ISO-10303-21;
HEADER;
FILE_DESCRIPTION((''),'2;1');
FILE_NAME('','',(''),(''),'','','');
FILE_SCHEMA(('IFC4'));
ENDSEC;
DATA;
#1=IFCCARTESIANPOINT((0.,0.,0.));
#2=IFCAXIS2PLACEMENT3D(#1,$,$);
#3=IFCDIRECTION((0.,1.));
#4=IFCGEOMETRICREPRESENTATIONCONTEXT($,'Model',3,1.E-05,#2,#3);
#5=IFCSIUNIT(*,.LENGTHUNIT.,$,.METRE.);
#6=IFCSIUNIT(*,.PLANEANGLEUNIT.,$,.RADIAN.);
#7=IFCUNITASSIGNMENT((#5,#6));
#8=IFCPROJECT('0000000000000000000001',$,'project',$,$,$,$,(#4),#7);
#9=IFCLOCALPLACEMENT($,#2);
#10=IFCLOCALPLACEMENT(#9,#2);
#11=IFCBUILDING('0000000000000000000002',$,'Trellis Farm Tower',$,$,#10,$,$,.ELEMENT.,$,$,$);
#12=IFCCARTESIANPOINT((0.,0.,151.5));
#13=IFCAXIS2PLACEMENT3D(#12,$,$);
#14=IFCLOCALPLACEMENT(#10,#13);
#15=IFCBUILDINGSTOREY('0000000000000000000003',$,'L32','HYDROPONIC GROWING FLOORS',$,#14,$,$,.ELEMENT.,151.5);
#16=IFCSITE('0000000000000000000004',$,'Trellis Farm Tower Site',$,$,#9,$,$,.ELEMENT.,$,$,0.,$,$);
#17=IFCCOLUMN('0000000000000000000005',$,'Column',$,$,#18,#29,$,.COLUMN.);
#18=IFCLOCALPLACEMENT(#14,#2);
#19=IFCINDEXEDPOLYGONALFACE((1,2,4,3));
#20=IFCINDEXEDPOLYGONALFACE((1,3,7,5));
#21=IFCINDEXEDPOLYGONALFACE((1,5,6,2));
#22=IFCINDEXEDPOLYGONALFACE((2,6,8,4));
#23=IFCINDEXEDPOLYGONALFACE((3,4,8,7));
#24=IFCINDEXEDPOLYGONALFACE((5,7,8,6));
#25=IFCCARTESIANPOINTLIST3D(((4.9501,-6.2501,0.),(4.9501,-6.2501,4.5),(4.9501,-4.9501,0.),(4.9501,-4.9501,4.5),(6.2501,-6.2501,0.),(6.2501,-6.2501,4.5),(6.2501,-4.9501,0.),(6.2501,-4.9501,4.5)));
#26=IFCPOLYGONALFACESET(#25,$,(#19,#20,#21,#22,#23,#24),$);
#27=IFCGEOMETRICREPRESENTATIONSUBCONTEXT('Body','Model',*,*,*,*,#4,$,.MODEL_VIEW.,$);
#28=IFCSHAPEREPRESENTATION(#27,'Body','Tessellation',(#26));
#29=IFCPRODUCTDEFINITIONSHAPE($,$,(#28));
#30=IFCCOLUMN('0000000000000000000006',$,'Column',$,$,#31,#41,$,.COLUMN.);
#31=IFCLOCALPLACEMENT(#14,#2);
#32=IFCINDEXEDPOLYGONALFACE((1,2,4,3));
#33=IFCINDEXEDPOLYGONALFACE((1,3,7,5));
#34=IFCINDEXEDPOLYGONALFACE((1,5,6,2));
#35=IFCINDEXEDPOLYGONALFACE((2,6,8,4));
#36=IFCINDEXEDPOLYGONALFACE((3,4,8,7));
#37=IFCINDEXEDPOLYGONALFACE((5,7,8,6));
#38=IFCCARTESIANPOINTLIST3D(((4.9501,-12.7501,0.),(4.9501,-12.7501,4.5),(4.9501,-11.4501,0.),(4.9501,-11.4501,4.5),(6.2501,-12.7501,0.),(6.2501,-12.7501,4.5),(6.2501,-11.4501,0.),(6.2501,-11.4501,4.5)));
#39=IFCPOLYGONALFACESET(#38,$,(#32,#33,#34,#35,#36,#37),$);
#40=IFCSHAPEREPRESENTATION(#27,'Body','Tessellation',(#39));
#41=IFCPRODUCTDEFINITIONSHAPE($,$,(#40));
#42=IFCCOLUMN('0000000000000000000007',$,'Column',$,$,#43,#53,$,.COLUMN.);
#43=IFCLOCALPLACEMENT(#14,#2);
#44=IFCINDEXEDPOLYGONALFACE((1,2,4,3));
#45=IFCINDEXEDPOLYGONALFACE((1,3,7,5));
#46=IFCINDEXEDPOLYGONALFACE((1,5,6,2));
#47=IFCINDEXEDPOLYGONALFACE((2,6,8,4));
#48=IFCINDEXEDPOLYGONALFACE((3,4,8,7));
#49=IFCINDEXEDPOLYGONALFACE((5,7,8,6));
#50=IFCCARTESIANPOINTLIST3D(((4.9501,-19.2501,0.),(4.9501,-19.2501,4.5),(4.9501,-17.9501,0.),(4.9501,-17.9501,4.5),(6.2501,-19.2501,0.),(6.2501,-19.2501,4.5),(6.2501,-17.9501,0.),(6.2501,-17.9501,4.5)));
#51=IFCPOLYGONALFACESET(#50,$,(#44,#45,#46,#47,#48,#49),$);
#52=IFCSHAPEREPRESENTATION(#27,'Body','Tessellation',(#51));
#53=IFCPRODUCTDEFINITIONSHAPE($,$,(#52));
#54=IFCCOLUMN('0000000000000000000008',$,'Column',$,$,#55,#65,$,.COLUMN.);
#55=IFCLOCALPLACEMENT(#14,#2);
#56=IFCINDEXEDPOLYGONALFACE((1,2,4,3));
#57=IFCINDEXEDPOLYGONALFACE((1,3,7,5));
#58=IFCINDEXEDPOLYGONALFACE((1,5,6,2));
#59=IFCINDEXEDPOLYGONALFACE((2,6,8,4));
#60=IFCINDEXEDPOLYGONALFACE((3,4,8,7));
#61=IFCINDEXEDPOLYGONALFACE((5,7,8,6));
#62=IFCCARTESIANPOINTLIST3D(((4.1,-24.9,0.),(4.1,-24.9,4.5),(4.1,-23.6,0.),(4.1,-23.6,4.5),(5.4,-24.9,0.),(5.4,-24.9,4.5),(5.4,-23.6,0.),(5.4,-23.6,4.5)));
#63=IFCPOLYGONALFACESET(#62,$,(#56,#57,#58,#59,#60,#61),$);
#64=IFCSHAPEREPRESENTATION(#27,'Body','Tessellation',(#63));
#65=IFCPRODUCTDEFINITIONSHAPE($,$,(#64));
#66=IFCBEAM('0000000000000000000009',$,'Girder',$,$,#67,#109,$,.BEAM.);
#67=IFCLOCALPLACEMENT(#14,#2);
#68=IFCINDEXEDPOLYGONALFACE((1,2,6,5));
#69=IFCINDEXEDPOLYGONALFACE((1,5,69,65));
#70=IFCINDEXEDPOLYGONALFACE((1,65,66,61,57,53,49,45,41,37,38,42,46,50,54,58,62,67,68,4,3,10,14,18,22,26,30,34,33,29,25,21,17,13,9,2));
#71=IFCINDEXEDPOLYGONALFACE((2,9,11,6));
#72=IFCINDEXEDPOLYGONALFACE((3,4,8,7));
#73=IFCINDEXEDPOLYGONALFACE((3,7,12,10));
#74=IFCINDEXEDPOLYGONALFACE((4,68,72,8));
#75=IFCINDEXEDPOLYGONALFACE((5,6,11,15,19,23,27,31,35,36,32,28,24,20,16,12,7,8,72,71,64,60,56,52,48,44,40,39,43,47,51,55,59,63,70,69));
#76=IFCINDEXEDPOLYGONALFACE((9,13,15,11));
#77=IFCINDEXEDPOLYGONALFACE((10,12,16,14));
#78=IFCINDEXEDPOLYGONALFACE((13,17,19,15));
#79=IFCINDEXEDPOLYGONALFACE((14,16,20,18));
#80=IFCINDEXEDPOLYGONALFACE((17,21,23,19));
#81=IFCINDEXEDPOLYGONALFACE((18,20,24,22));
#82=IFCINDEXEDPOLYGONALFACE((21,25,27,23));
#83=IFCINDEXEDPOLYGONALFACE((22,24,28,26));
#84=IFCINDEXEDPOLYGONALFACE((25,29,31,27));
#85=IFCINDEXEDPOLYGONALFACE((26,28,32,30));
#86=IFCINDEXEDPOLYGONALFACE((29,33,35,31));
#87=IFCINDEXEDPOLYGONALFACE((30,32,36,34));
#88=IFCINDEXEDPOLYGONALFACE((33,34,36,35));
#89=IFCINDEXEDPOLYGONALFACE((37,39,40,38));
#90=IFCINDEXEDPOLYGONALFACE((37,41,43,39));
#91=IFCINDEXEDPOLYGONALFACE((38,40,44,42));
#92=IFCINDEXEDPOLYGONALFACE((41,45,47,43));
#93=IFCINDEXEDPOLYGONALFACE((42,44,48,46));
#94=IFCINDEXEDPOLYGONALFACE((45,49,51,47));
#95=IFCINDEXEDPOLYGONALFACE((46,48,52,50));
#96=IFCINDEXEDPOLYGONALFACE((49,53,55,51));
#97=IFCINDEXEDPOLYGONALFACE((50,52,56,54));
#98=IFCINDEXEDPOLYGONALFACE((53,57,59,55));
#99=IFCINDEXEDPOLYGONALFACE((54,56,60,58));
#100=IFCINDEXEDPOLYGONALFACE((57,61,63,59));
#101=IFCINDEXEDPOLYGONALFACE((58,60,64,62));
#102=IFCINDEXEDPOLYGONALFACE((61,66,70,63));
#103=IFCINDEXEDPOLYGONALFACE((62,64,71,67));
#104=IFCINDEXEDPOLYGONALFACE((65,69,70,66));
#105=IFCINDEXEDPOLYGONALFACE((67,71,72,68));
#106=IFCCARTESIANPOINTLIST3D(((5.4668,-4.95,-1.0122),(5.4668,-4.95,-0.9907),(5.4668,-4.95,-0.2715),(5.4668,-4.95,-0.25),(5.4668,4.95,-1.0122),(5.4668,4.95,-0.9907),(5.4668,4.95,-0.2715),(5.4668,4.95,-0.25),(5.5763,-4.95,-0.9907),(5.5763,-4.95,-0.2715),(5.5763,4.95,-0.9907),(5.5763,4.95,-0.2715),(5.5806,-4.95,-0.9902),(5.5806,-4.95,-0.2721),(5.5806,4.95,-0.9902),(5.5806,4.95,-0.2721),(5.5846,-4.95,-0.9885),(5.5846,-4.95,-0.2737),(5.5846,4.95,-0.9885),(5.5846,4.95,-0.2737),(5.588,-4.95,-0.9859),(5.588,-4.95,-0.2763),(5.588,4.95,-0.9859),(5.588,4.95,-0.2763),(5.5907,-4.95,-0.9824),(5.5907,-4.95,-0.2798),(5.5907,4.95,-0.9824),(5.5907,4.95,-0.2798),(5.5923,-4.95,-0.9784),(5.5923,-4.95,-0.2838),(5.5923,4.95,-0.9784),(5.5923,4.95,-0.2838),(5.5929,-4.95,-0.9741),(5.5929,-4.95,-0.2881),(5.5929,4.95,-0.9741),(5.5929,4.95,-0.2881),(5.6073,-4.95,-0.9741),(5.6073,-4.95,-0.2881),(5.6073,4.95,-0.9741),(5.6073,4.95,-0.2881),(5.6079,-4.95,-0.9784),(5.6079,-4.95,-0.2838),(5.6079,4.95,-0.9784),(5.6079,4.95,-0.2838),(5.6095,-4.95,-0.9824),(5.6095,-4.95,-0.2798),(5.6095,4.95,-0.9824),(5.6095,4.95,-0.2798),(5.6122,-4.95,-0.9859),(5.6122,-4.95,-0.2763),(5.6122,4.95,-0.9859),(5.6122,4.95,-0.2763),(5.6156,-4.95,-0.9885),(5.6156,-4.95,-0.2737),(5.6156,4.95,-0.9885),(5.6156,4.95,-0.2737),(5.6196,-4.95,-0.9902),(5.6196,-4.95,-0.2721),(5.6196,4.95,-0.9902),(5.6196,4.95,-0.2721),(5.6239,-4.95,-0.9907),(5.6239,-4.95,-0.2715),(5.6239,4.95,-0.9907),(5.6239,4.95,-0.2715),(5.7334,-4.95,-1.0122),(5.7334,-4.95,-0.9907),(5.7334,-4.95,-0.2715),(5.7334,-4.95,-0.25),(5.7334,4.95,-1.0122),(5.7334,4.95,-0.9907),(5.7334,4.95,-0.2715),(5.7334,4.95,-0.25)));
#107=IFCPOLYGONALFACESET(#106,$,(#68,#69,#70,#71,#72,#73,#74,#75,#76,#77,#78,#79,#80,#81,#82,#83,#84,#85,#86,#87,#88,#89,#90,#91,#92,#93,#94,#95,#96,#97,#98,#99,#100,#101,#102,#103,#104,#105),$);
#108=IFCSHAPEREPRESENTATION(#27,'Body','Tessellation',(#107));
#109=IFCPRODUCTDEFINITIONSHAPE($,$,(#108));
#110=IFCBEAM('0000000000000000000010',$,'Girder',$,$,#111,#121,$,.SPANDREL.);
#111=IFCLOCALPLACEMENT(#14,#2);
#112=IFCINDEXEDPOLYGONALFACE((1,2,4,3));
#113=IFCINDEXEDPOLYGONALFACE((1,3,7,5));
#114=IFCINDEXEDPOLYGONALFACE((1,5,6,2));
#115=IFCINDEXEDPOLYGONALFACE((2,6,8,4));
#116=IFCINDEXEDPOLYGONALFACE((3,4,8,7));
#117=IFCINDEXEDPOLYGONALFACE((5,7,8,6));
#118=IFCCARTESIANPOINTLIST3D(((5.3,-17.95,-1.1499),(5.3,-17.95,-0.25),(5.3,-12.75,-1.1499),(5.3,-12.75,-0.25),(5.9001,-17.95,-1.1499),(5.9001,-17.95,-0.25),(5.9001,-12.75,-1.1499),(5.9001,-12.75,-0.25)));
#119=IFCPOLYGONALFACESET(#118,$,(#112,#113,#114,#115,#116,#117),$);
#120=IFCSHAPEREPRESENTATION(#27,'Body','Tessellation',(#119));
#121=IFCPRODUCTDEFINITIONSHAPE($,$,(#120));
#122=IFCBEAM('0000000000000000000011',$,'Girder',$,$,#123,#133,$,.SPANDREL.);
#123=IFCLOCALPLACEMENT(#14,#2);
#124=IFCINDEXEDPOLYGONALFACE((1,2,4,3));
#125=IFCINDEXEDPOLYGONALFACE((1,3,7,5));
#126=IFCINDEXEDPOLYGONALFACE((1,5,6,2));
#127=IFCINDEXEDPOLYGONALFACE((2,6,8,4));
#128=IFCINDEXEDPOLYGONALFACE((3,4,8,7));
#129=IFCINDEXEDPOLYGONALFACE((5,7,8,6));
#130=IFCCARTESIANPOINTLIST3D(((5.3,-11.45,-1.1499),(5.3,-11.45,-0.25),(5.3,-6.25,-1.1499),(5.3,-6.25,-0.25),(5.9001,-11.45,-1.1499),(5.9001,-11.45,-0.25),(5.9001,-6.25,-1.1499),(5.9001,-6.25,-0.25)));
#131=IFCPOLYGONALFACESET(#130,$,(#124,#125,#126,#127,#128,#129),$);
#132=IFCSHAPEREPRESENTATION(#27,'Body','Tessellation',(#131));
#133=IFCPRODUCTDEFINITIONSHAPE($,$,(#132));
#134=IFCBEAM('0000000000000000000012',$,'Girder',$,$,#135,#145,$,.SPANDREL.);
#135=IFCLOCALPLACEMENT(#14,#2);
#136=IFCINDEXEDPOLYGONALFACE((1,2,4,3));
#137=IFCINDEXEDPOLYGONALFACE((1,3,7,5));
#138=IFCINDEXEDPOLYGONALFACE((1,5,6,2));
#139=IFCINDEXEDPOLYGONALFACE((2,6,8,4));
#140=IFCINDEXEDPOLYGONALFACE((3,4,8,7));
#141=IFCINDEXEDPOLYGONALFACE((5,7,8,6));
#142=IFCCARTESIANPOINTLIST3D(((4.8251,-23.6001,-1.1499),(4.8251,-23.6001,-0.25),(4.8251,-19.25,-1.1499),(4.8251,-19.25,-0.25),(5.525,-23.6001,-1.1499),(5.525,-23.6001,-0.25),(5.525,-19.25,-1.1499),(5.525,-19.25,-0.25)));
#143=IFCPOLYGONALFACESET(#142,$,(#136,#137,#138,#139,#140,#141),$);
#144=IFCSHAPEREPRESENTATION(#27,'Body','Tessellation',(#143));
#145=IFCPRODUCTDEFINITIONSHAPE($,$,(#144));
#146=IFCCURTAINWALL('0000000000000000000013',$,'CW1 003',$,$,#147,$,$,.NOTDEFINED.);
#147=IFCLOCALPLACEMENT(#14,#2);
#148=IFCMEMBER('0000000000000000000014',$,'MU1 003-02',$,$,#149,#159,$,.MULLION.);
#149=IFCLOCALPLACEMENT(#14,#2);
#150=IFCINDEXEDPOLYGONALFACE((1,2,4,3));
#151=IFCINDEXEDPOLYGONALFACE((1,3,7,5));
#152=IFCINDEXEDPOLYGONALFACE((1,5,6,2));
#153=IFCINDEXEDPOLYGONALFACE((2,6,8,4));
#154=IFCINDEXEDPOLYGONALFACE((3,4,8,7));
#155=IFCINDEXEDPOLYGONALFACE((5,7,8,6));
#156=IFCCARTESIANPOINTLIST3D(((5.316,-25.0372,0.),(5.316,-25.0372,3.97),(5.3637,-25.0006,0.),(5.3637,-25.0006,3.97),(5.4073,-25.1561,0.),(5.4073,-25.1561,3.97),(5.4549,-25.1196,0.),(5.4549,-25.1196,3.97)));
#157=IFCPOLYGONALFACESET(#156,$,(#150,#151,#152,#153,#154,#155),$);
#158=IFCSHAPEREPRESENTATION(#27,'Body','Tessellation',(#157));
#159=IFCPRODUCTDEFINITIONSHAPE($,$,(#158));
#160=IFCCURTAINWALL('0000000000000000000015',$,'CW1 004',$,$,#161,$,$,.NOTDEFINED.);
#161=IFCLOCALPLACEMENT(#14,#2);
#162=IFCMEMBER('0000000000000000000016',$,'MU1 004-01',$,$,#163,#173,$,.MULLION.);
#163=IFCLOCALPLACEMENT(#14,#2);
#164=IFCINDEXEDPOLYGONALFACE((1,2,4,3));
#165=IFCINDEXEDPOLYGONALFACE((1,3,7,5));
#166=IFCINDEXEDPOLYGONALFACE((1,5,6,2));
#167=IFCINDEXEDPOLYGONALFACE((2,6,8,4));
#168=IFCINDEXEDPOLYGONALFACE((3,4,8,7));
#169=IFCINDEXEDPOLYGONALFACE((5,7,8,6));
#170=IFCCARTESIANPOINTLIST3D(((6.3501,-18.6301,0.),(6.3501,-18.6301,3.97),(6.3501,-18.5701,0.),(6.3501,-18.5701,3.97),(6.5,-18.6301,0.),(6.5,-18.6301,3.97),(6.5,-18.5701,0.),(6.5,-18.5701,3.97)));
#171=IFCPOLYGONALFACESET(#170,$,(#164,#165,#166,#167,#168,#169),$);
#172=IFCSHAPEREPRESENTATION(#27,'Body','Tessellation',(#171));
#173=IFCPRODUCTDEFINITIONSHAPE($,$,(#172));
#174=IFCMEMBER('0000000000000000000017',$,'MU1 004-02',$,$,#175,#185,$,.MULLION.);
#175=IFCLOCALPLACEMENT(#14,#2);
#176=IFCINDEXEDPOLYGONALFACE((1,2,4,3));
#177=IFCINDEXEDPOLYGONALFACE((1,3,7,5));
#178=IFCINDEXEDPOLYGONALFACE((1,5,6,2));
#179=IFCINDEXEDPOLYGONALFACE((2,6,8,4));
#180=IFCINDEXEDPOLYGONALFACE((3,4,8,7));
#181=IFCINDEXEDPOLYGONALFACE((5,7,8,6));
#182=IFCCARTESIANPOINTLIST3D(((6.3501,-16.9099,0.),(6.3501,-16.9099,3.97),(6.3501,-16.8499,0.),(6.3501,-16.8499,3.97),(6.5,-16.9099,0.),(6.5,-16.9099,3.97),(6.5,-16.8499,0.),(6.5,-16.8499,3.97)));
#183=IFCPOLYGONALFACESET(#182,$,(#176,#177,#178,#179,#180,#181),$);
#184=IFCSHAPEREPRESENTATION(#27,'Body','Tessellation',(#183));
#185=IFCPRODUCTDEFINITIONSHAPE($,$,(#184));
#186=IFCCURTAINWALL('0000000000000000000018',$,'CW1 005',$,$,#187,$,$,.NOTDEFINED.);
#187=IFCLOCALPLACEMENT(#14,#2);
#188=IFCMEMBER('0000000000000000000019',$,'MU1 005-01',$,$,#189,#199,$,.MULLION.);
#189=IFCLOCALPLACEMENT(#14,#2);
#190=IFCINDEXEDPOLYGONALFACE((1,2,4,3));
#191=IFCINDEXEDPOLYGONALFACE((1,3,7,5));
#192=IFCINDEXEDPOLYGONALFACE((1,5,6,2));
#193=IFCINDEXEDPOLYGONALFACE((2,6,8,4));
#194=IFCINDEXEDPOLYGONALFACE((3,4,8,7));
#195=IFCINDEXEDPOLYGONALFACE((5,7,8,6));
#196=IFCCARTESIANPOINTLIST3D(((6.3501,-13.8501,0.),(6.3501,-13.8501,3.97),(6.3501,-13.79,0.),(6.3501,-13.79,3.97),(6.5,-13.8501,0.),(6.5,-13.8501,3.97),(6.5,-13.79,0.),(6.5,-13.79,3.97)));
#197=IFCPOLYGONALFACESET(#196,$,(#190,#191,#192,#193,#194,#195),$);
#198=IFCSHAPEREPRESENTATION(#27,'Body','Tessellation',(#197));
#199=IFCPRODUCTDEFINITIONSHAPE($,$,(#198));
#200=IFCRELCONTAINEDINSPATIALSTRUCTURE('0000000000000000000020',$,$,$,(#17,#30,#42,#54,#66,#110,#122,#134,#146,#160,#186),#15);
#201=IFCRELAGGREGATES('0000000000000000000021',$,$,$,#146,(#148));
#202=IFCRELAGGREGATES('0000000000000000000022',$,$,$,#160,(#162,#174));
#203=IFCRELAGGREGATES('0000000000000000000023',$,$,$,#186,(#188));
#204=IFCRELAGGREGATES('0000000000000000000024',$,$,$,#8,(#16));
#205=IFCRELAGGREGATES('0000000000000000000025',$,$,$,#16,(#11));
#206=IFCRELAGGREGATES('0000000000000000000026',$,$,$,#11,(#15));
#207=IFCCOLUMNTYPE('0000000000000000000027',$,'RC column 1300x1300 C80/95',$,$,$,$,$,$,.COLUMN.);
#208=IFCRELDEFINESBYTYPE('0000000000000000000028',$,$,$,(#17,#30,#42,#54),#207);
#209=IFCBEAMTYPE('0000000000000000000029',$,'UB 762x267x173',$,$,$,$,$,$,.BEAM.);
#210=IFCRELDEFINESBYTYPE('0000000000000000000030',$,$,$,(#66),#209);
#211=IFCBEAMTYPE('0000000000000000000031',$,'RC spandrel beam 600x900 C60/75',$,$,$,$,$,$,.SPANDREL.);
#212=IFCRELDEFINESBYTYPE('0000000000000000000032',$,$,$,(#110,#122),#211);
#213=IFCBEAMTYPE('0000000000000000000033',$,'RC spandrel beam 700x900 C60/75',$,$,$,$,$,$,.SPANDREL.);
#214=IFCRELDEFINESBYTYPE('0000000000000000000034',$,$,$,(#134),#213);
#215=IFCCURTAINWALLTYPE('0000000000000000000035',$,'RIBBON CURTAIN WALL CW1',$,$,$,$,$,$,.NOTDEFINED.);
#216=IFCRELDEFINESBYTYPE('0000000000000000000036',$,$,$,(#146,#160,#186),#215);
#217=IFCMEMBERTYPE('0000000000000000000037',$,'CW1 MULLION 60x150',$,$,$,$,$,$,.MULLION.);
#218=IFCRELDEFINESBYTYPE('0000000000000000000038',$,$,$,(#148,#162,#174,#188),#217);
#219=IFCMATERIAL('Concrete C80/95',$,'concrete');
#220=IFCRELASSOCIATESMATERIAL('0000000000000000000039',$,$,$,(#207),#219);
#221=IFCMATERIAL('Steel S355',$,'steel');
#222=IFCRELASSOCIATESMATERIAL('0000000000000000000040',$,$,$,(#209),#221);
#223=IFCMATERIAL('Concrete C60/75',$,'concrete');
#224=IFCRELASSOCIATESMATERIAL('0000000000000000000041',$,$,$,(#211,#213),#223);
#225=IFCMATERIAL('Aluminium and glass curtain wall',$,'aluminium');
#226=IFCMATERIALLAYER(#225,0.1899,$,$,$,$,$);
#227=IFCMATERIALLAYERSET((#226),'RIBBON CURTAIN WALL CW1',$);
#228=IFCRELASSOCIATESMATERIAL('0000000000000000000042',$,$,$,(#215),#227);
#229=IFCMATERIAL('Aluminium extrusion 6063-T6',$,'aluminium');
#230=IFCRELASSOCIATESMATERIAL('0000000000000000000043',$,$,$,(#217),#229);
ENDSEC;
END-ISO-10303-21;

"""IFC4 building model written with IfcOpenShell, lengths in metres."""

from ifc_helpers import new_model, si_unit, direction, frame, origin, origin_2d, place, context, subcontext, project, spatial, rectangle, i_section, extrude, source, transform, mapped, material, layer, layer_set, material_profile, profile_set, type_object, element, aggregate, save


model = new_model("IFC4")

# Units and contexts
model_context = context("Model", 3, precision=1e-05, world=origin(), true_north=direction((0.0, 1.0)))
body_context = subcontext(model_context, "Body", "Model", "MODEL_VIEW")
ifc_project = project(units=[si_unit("LENGTHUNIT", "METRE"), si_unit("PLANEANGLEUNIT", "RADIAN")], contexts=[model_context])

# Site, building, storey
site_placement = place(None, origin())
site = spatial("IfcSite", under=ifc_project, at=site_placement, Name="Trellis Farm Tower Site", CompositionType="ELEMENT", RefElevation=0.0)
building_placement = place(site_placement, origin())
building = spatial("IfcBuilding", under=site, at=building_placement, Name="Trellis Farm Tower", CompositionType="ELEMENT")
storey_placement = place(building_placement, frame((0.0, 0.0, 151.5)))
storey = spatial("IfcBuildingStorey", under=building, at=storey_placement, Name="L32", Description="HYDROPONIC GROWING FLOORS", CompositionType="ELEMENT", Elevation=151.5)

# Columns
ifc_material_1 = material(Name="Concrete C80/95", Category="concrete")
ifc_material_profile_1 = material_profile(ifc_material_1, rectangle(XDim=1.3, YDim=1.3, at=origin_2d()), Name="RC column 1300x1300 C80/95")
ifc_profile_set_1 = profile_set([ifc_material_profile_1], Name="Concrete C80/95")
column_type = type_object("IfcColumnType", Name="RC column 1300x1300 C80/95", PredefinedType="COLUMN", material=ifc_profile_set_1)
shared_shape_1 = source(origin(), body_context, "Body", "SweptSolid", [
    extrude(rectangle(XDim=1.3, YDim=1.3, at=origin_2d()), origin(), (0.0, 0.0, 1.0), 4.5),
])
for number, where, z_axis, x_axis, name in (
    (1, (5.6001, -5.6001, 0.0), (0.0, 0.0, 1.0), (1.0, 0.0, 0.0), "Column"),
    (2, (5.6001, -12.1001, 0.0), (0.0, 0.0, 1.0), (1.0, 0.0, 0.0), "Column"),
    (3, (5.6001, -18.6001, 0.0), (0.0, 0.0, 1.0), (1.0, 0.0, 0.0), "Column"),
    (4, (4.75, -24.25, 0.0), (0.0, 0.0, 1.0), (1.0, 0.0, 0.0), "Column"),
):
    element("IfcColumn", number, at=place(storey_placement, frame(where, z_axis=z_axis, x_axis=x_axis)), inside=storey, type_object=column_type, Name=name, PredefinedType="COLUMN", context=body_context, shape_type="MappedRepresentation", body=[
        mapped(shared_shape_1, transform((0.0, 0.0, 0.0))),
    ])

# Beams
ifc_material_2 = material(Name="Steel S355", Category="steel")
ifc_material_profile_2 = material_profile(ifc_material_2, i_section(OverallWidth=0.2666, OverallDepth=0.7622, WebThickness=0.0144, FlangeThickness=0.0215, FilletRadius=0.0166, at=origin_2d()), Name="UB 762x267x173")
ifc_profile_set_2 = profile_set([ifc_material_profile_2], Name="Steel S355")
beam_type_1 = type_object("IfcBeamType", Name="UB 762x267x173", PredefinedType="BEAM", material=ifc_profile_set_2)
shared_shape_2 = source(origin(), body_context, "Body", "SweptSolid", [
    extrude(i_section(OverallWidth=0.2666, OverallDepth=0.7622, WebThickness=0.0144, FlangeThickness=0.0215, FilletRadius=0.0166, at=origin_2d()), origin(), (0.0, 0.0, 1.0), 9.8999),
])
beam_1_placement = place(storey_placement, frame((5.6001, -4.95, -0.6311), z_axis=(0.0, 1.0, 0.0), x_axis=(-1.0, 0.0, 0.0)))
element("IfcBeam", 5, at=beam_1_placement, inside=storey, type_object=beam_type_1, Name="Girder", PredefinedType="BEAM", context=body_context, shape_type="MappedRepresentation", body=[
    mapped(shared_shape_2, transform((0.0, 0.0, 0.0))),
])
ifc_material_3 = material(Name="Concrete C60/75", Category="concrete")
ifc_material_profile_3 = material_profile(ifc_material_3, rectangle(XDim=0.6001, YDim=0.8999, at=origin_2d()), Name="RC spandrel beam 600x900 C60/75")
ifc_profile_set_3 = profile_set([ifc_material_profile_3], Name="Concrete C60/75")
beam_type_2 = type_object("IfcBeamType", Name="RC spandrel beam 600x900 C60/75", PredefinedType="SPANDREL", material=ifc_profile_set_3)
shared_shape_3 = source(origin(), body_context, "Body", "SweptSolid", [
    extrude(rectangle(XDim=0.6001, YDim=0.8999, at=origin_2d()), origin(), (0.0, 0.0, 1.0), 5.2),
])
for number, where, z_axis, x_axis, name in (
    (6, (5.6001, -17.95, -0.7), (0.0, 1.0, 0.0), (-1.0, 0.0, 0.0), "Girder"),
    (7, (5.6001, -11.45, -0.7), (0.0, 1.0, 0.0), (-1.0, 0.0, 0.0), "Girder"),
):
    element("IfcBeam", number, at=place(storey_placement, frame(where, z_axis=z_axis, x_axis=x_axis)), inside=storey, type_object=beam_type_2, Name=name, PredefinedType="SPANDREL", context=body_context, shape_type="MappedRepresentation", body=[
        mapped(shared_shape_3, transform((0.0, 0.0, 0.0))),
    ])
ifc_material_profile_4 = material_profile(ifc_material_3, rectangle(XDim=0.7, YDim=0.8999, at=origin_2d()), Name="RC spandrel beam 700x900 C60/75")
ifc_profile_set_4 = profile_set([ifc_material_profile_4], Name="Concrete C60/75")
beam_type_3 = type_object("IfcBeamType", Name="RC spandrel beam 700x900 C60/75", PredefinedType="SPANDREL", material=ifc_profile_set_4)
shared_shape_4 = source(origin(), body_context, "Body", "SweptSolid", [
    extrude(rectangle(XDim=0.7, YDim=0.8999, at=origin_2d()), origin(), (0.0, 0.0, 1.0), 4.3501),
])
beam_2_placement = place(storey_placement, frame((5.175, -23.6001, -0.7), z_axis=(0.0, 1.0, 0.0), x_axis=(-1.0, 0.0, 0.0)))
element("IfcBeam", 8, at=beam_2_placement, inside=storey, type_object=beam_type_3, Name="Girder", PredefinedType="SPANDREL", context=body_context, shape_type="MappedRepresentation", body=[
    mapped(shared_shape_4, transform((0.0, 0.0, 0.0))),
])

# Curtain wall, member
ifc_material_4 = material(Name="Aluminium and glass curtain wall", Category="aluminium")
ifc_layer_1 = layer(ifc_material_4, 0.1899)
ifc_layer_set_1 = layer_set([ifc_layer_1], Name="RIBBON CURTAIN WALL CW1")
curtain_wall_type_1 = type_object("IfcCurtainWallType", Name="RIBBON CURTAIN WALL CW1", PredefinedType="NOTDEFINED", material=ifc_layer_set_1)
placement = place(storey_placement, origin())
curtain_wall_1 = element("IfcCurtainWall", 9, at=placement, inside=storey, type_object=curtain_wall_type_1, Name="CW1 003", PredefinedType="NOTDEFINED")
ifc_material_5 = material(Name="Aluminium extrusion 6063-T6", Category="aluminium")
ifc_material_profile_5 = material_profile(ifc_material_5, rectangle(XDim=0.0601, YDim=0.1499, at=origin_2d()), Name="MULLION 60x150")
ifc_profile_set_5 = profile_set([ifc_material_profile_5], Name="Aluminium extrusion 6063-T6")
member_type_1 = type_object("IfcMemberType", Name="CW1 MULLION 60x150", PredefinedType="MULLION", material=ifc_profile_set_5)
shared_shape_5 = source(origin(), body_context, "Body", "SweptSolid", [
    extrude(rectangle(XDim=0.0601, YDim=0.1499, at=origin_2d()), origin(), (0.0, 0.0, 1.0), 3.97),
])
member_1_placement = place(storey_placement, frame((5.3855, -25.0784, 0.0), z_axis=(0.0, 0.0, 1.0), x_axis=(0.793353, 0.608761, 0.0)))
member_1 = element("IfcMember", 10, at=member_1_placement, type_object=member_type_1, Name="MU1 003-02", PredefinedType="MULLION", context=body_context, shape_type="MappedRepresentation", body=[
    mapped(shared_shape_5, transform((0.0, 0.0, 0.0))),
])
aggregate(curtain_wall_1, [member_1])

# Curtain walls, members
curtain_wall_2 = element("IfcCurtainWall", 11, at=placement, inside=storey, type_object=curtain_wall_type_1, Name="CW1 004", PredefinedType="NOTDEFINED")
member_2_placement = place(storey_placement, frame((6.425, -18.6001, 0.0), z_axis=(0.0, 0.0, 1.0), x_axis=(0.0, 1.0, 0.0)))
member_2 = element("IfcMember", 12, at=member_2_placement, type_object=member_type_1, Name="MU1 004-01", PredefinedType="MULLION", context=body_context, shape_type="MappedRepresentation", body=[
    mapped(shared_shape_5, transform((0.0, 0.0, 0.0))),
])
member_3_placement = place(storey_placement, frame((6.425, -16.8799, 0.0), z_axis=(0.0, 0.0, 1.0), x_axis=(0.0, 1.0, 0.0)))
member_3 = element("IfcMember", 13, at=member_3_placement, type_object=member_type_1, Name="MU1 004-02", PredefinedType="MULLION", context=body_context, shape_type="MappedRepresentation", body=[
    mapped(shared_shape_5, transform((0.0, 0.0, 0.0))),
])
aggregate(curtain_wall_2, [member_2, member_3])
curtain_wall_3 = element("IfcCurtainWall", 14, at=placement, inside=storey, type_object=curtain_wall_type_1, Name="CW1 005", PredefinedType="NOTDEFINED")
member_4_placement = place(storey_placement, frame((6.425, -13.8201, 0.0), z_axis=(0.0, 0.0, 1.0), x_axis=(0.0, 1.0, 0.0)))
member_4 = element("IfcMember", 15, at=member_4_placement, type_object=member_type_1, Name="MU1 005-01", PredefinedType="MULLION", context=body_context, shape_type="MappedRepresentation", body=[
    mapped(shared_shape_5, transform((0.0, 0.0, 0.0))),
])
aggregate(curtain_wall_3, [member_4])

save(model, "model.ifc")
